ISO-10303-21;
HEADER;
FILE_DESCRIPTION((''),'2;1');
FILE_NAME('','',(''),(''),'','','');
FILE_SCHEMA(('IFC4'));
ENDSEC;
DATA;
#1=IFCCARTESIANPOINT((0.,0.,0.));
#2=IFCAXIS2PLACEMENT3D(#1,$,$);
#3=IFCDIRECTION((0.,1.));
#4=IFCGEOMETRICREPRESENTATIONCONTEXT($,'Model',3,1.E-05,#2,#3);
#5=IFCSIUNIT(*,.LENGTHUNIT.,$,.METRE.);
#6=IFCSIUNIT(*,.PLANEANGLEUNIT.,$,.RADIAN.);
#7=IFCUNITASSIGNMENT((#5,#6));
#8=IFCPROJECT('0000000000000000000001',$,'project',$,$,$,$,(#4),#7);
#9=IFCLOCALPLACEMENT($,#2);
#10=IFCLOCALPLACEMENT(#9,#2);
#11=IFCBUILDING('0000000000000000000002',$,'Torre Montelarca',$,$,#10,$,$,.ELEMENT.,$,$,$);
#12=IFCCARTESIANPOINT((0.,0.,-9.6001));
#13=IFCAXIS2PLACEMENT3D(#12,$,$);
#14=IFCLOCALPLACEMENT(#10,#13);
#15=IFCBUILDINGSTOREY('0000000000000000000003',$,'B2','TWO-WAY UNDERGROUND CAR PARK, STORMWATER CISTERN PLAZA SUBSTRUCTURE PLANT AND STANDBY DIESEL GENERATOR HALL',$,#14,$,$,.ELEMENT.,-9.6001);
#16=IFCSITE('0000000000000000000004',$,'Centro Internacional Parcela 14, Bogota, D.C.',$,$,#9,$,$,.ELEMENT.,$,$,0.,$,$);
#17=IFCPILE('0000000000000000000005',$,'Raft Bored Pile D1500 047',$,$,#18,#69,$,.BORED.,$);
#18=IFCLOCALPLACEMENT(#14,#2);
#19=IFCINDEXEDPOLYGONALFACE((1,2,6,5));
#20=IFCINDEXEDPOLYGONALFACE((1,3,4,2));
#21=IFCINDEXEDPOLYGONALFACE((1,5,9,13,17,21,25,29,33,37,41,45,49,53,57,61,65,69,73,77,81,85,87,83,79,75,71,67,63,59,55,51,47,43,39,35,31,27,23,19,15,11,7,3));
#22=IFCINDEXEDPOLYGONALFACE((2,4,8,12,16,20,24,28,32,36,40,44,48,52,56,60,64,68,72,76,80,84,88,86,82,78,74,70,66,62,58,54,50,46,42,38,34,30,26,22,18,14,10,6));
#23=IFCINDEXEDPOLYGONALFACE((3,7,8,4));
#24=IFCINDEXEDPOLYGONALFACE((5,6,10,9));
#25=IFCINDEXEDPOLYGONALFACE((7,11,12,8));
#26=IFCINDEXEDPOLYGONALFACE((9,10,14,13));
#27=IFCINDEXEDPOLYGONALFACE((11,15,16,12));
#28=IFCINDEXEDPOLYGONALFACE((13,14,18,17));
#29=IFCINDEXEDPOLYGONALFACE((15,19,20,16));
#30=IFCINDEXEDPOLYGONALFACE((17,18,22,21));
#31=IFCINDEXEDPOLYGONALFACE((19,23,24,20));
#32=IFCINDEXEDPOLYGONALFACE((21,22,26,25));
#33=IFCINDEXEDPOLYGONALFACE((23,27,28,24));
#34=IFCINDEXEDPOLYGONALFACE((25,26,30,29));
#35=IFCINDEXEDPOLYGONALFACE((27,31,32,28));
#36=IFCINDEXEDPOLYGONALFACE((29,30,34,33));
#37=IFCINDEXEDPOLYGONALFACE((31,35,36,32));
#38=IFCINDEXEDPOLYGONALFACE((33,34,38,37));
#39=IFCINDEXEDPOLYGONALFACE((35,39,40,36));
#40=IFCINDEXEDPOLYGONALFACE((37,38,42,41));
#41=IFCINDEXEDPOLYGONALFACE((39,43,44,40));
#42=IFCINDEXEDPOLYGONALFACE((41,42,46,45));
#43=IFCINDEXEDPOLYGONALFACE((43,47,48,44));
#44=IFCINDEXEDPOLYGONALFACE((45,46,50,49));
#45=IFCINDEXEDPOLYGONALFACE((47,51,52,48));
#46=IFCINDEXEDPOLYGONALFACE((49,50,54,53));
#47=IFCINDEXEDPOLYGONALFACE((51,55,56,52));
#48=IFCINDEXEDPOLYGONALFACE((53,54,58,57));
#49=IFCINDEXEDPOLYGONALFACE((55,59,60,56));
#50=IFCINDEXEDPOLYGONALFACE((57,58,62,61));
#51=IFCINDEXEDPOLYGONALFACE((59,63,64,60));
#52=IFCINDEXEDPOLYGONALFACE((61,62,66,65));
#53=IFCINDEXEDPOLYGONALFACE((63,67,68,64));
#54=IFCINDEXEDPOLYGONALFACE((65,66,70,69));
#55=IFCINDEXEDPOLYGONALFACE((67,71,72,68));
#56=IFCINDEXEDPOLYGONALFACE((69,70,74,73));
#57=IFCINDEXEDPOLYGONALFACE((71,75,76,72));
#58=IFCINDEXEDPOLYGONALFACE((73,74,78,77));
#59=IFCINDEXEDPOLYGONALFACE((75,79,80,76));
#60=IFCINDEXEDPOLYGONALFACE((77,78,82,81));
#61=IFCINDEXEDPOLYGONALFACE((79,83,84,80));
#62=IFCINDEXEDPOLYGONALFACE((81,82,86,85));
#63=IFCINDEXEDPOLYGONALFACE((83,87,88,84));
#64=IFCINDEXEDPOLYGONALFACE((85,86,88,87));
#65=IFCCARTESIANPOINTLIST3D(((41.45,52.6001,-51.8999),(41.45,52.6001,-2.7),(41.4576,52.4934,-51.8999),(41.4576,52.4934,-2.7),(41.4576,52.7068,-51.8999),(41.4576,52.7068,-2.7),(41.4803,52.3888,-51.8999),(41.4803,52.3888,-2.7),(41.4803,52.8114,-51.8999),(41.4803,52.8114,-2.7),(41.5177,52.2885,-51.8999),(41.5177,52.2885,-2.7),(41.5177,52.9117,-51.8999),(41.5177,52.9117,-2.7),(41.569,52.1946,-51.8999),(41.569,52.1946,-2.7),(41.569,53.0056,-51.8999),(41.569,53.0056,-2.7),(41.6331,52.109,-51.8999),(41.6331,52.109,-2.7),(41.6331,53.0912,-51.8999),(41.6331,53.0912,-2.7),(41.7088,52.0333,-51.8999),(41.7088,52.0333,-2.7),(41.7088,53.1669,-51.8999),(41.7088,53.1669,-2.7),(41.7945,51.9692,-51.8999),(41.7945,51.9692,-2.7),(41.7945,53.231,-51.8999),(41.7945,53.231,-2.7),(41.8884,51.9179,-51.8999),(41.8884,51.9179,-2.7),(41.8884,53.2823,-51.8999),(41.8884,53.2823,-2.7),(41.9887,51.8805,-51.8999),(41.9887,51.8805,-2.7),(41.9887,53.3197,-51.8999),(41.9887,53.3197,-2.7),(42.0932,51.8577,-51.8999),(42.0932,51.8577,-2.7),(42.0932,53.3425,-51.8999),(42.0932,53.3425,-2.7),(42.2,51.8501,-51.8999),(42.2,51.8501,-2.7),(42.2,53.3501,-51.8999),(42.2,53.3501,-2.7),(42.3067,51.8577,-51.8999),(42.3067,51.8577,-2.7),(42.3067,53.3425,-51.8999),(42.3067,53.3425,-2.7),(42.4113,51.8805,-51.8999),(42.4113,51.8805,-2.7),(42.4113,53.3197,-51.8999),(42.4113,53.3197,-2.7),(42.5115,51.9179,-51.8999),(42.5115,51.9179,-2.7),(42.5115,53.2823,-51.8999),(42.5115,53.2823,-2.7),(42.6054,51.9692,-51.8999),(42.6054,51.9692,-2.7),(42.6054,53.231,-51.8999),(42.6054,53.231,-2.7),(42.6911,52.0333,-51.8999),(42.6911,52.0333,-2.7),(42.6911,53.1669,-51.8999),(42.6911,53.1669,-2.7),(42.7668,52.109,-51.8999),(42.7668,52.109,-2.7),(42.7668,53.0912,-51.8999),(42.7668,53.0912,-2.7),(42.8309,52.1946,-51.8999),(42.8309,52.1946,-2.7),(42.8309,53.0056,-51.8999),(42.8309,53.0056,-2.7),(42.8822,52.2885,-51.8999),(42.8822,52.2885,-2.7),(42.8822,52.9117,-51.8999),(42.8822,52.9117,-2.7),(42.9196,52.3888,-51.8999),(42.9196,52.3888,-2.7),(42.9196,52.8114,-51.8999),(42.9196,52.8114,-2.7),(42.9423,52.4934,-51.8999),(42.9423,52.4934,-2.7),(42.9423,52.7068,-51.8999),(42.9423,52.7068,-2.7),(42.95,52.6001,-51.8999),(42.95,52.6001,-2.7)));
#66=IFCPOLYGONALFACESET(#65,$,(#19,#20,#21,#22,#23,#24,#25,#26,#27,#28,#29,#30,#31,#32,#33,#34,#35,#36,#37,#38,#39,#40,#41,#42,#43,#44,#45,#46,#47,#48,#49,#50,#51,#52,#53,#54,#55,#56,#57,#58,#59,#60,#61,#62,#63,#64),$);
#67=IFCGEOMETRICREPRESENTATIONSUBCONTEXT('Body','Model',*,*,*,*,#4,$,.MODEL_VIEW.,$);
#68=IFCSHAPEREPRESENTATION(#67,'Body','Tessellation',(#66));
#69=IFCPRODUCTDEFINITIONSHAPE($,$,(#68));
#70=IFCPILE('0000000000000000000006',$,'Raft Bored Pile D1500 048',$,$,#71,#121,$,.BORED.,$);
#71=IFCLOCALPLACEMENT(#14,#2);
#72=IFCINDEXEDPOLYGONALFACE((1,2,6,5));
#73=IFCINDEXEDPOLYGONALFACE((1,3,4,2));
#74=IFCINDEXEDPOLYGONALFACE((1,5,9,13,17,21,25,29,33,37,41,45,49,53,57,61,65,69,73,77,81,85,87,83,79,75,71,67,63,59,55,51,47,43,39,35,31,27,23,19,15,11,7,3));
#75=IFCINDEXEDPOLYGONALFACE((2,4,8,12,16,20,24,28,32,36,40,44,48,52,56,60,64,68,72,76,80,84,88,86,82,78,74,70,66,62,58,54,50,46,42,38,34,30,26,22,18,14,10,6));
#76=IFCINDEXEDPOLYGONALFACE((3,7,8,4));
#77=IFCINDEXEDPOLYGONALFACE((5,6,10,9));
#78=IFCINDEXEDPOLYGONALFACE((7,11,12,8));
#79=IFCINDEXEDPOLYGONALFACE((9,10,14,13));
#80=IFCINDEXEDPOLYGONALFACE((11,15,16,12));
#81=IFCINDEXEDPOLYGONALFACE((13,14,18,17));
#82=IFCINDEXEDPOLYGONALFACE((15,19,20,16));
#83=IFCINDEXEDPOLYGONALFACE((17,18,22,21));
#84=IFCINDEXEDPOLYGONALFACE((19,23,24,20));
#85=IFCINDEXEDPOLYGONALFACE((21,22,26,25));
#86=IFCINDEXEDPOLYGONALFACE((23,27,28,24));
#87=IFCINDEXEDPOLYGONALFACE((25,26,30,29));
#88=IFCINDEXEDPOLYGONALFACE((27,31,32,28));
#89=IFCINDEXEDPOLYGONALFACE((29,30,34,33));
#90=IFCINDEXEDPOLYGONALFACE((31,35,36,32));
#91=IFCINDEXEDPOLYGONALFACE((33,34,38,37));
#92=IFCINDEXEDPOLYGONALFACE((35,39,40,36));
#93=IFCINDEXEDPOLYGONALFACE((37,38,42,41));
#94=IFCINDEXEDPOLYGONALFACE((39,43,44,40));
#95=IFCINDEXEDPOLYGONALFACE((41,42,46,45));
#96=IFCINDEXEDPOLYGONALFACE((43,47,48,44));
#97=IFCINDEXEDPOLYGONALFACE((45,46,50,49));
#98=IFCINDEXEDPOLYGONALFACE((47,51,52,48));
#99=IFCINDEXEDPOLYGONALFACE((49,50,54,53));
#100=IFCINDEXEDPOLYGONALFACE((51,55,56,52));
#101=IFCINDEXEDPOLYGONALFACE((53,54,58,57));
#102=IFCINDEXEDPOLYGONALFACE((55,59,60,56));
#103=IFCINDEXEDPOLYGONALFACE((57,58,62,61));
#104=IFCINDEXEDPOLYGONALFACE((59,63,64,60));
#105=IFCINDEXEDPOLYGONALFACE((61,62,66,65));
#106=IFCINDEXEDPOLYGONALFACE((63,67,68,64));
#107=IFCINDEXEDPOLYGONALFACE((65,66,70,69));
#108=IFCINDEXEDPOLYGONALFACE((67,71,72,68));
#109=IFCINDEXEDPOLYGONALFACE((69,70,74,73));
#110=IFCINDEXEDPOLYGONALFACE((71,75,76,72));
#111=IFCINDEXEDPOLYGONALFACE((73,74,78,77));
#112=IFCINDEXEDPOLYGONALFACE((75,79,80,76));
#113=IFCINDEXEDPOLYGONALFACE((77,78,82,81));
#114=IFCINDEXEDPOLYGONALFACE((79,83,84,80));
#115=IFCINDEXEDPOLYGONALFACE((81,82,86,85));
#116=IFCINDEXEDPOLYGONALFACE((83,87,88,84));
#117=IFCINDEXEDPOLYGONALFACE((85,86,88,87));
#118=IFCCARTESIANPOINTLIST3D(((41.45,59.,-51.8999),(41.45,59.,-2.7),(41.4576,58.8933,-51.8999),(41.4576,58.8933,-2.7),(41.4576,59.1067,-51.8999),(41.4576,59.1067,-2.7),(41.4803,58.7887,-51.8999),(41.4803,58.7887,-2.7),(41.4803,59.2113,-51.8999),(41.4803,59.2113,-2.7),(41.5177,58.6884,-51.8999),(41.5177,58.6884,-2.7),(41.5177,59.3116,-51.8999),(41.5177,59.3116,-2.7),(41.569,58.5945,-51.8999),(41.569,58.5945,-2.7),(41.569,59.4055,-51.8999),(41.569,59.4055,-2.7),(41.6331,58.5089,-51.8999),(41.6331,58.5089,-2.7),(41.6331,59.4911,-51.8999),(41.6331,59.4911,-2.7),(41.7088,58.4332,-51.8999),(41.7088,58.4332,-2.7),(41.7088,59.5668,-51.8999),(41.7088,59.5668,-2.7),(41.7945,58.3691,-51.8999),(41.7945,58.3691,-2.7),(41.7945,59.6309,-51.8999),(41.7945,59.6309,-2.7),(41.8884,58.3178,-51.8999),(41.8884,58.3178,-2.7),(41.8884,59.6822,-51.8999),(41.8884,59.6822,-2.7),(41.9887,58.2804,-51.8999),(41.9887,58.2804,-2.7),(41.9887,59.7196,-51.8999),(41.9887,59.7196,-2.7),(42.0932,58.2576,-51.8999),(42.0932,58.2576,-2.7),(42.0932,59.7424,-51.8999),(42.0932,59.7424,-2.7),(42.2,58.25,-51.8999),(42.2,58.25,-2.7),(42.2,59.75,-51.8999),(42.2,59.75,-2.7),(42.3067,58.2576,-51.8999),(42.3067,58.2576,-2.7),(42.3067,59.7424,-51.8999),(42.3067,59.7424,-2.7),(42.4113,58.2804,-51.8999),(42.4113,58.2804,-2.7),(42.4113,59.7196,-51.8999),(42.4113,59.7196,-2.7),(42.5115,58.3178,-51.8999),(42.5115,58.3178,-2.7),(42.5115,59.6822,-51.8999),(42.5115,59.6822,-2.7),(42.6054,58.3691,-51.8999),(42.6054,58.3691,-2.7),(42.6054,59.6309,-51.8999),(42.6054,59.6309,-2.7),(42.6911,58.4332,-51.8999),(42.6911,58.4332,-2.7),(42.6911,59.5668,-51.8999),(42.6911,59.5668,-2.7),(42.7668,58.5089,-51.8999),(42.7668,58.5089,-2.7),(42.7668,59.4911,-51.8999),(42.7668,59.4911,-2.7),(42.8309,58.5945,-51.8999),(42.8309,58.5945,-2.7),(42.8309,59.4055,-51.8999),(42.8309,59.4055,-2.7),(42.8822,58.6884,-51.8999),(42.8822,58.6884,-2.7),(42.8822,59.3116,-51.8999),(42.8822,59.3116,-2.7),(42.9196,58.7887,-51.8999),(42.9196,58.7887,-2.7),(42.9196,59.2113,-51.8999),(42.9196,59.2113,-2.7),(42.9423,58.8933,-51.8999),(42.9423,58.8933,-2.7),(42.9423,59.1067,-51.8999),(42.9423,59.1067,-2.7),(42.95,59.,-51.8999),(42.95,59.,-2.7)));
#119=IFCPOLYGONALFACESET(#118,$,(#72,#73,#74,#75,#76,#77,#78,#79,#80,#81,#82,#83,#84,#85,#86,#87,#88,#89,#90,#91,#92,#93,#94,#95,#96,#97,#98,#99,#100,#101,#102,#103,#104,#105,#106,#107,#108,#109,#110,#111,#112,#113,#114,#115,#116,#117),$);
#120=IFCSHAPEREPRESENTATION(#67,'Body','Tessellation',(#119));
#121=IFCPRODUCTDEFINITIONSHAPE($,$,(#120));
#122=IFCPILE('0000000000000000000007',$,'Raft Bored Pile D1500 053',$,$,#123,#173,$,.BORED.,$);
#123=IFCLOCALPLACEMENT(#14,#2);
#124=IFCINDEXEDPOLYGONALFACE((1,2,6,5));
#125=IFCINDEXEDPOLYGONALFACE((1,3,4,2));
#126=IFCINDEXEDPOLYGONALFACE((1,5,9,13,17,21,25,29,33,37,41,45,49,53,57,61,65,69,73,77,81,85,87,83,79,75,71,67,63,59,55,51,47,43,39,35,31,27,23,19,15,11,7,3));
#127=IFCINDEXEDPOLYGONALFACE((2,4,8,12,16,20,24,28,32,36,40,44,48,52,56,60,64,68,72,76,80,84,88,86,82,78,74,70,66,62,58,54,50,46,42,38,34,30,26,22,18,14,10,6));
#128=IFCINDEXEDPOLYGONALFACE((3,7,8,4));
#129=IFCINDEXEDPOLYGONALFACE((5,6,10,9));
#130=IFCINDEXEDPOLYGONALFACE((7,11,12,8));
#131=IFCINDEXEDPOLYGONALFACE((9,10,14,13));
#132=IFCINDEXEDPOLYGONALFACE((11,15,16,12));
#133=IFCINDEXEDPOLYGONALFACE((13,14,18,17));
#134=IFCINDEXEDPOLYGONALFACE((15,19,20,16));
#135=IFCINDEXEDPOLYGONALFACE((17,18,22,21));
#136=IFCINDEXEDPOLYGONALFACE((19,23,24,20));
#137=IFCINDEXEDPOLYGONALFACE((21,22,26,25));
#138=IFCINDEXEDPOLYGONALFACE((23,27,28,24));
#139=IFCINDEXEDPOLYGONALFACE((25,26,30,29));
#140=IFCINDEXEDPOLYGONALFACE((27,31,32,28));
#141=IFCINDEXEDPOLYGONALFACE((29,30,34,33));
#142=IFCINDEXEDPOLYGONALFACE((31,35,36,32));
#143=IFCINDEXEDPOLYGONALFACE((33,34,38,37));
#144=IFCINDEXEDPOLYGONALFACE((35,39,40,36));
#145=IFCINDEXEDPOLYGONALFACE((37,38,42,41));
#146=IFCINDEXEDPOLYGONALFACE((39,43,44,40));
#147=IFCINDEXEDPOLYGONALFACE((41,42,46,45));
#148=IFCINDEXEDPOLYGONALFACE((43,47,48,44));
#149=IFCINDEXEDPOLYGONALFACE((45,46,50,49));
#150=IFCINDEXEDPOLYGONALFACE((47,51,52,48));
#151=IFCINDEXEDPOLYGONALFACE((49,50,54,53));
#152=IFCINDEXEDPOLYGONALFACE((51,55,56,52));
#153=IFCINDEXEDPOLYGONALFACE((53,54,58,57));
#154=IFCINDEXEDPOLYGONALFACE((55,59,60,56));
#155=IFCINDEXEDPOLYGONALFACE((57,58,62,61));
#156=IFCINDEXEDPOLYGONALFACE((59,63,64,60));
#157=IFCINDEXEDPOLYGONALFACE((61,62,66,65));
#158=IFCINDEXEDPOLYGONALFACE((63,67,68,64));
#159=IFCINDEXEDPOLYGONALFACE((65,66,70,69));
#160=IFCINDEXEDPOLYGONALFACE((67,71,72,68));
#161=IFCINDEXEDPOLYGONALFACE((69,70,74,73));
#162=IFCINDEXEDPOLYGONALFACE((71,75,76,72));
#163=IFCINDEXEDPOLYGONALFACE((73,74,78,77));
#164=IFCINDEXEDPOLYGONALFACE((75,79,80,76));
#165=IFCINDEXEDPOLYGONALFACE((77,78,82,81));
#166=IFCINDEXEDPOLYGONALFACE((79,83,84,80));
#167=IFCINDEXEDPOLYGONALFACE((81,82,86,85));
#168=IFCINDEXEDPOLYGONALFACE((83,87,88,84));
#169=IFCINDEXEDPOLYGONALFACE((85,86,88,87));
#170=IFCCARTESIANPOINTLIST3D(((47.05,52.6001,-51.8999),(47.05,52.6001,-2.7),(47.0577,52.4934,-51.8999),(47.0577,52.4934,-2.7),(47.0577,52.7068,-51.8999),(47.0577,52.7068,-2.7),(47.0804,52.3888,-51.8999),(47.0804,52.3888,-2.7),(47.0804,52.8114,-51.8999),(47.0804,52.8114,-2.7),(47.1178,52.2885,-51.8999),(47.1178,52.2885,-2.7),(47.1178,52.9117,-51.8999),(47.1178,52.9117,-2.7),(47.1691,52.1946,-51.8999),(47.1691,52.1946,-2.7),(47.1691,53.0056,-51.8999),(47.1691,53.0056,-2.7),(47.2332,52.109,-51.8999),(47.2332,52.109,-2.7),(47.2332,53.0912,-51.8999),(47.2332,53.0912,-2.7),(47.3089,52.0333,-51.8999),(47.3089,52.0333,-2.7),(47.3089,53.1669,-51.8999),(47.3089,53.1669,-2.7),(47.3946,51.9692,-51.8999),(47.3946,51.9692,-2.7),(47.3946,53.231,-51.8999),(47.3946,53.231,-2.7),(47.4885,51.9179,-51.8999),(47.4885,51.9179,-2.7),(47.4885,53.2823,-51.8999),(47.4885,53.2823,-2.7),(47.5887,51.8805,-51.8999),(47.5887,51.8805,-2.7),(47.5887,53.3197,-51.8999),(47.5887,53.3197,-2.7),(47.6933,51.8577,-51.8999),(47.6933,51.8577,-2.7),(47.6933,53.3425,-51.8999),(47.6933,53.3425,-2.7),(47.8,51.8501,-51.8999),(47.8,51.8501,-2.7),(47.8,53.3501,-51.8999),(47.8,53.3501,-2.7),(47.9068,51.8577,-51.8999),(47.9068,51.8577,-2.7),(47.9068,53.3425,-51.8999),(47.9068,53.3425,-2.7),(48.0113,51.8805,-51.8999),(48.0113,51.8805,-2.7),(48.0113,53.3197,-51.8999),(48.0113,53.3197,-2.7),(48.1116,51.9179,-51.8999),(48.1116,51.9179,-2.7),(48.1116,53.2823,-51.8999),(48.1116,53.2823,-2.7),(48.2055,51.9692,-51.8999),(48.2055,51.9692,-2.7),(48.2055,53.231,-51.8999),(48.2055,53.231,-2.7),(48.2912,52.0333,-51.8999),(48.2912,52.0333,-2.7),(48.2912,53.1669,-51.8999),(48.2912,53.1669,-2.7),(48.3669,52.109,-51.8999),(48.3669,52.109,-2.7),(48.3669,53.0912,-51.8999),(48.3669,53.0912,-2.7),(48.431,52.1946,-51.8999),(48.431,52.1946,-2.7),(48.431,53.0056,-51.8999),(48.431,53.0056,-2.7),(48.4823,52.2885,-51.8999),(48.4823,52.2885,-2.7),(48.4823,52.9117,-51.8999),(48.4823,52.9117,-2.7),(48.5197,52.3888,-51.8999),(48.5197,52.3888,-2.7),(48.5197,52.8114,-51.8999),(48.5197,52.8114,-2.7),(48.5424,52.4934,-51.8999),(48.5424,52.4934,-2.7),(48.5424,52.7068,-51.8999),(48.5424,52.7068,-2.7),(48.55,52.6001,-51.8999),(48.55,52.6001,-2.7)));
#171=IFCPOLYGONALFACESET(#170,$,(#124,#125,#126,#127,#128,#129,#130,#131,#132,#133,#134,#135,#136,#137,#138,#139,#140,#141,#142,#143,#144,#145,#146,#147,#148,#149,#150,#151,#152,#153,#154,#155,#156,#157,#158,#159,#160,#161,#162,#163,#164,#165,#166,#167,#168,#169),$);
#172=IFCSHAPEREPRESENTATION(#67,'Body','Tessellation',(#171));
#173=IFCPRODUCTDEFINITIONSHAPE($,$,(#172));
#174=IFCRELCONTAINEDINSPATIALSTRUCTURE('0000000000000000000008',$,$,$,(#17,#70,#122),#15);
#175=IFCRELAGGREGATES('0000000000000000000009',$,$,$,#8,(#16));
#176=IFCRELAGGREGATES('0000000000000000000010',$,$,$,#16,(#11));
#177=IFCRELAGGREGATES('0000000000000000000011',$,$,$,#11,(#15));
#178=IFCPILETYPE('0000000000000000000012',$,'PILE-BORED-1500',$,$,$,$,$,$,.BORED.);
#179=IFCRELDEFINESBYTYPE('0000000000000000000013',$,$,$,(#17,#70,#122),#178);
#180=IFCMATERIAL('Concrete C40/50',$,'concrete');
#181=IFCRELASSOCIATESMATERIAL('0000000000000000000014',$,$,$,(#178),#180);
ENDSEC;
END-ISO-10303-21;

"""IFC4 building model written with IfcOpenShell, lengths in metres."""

from ifc_helpers import new_model, si_unit, direction, frame, origin, origin_2d, place, context, subcontext, project, spatial, circle, extrude, source, transform, mapped, material, material_profile, profile_set, type_object, element, save


model = new_model("IFC4")

# Units and contexts
model_context = context("Model", 3, precision=1e-05, world=origin(), true_north=direction((0.0, 1.0)))
body_context = subcontext(model_context, "Body", "Model", "MODEL_VIEW")
ifc_project = project(units=[si_unit("LENGTHUNIT", "METRE"), si_unit("PLANEANGLEUNIT", "RADIAN")], contexts=[model_context])

# Site, building, storey
site_placement = place(None, origin())
site = spatial("IfcSite", under=ifc_project, at=site_placement, Name="Centro Internacional Parcela 14, Bogota, D.C.", CompositionType="ELEMENT", RefElevation=0.0)
building_placement = place(site_placement, origin())
building = spatial("IfcBuilding", under=site, at=building_placement, Name="Torre Montelarca", CompositionType="ELEMENT")
storey_placement = place(building_placement, frame((0.0, 0.0, -9.6001)))
storey = spatial("IfcBuildingStorey", under=building, at=storey_placement, Name="B2", Description="TWO-WAY UNDERGROUND CAR PARK, STORMWATER CISTERN PLAZA SUBSTRUCTURE PLANT AND STANDBY DIESEL GENERATOR HALL", CompositionType="ELEMENT", Elevation=-9.6001)

# Piles
ifc_material_1 = material(Name="Concrete C40/50", Category="concrete")
ifc_material_profile_1 = material_profile(ifc_material_1, circle(Radius=0.75, at=origin_2d()), Name="PILE-D1500", Category="concrete")
ifc_profile_set_1 = profile_set([ifc_material_profile_1], Name="Concrete C40/50")
pile_type = type_object("IfcPileType", Name="PILE-BORED-1500", PredefinedType="BORED", material=ifc_profile_set_1)
shared_shape_1 = source(origin(), body_context, "Body", "SweptSolid", [
    extrude(circle(Radius=0.75, at=origin_2d()), origin(), (0.0, 0.0, 1.0), 49.2),
])
for number, where, z_axis, x_axis, name in (
    (1, (42.2, 52.6001, -2.7), (0.0, 0.0, -1.0), (1.0, 0.0, 0.0), "Raft Bored Pile D1500 047"),
    (2, (42.2, 59.0, -2.7), (0.0, 0.0, -1.0), (1.0, 0.0, 0.0), "Raft Bored Pile D1500 048"),
    (3, (47.8, 52.6001, -2.7), (0.0, 0.0, -1.0), (1.0, 0.0, 0.0), "Raft Bored Pile D1500 053"),
):
    element("IfcPile", number, at=place(storey_placement, frame(where, z_axis=z_axis, x_axis=x_axis)), inside=storey, type_object=pile_type, Name=name, PredefinedType="BORED", context=body_context, shape_type="MappedRepresentation", body=[
        mapped(shared_shape_1, transform((0.0, 0.0, 0.0), scale=1.0)),
    ])

save(model, "model.ifc")
